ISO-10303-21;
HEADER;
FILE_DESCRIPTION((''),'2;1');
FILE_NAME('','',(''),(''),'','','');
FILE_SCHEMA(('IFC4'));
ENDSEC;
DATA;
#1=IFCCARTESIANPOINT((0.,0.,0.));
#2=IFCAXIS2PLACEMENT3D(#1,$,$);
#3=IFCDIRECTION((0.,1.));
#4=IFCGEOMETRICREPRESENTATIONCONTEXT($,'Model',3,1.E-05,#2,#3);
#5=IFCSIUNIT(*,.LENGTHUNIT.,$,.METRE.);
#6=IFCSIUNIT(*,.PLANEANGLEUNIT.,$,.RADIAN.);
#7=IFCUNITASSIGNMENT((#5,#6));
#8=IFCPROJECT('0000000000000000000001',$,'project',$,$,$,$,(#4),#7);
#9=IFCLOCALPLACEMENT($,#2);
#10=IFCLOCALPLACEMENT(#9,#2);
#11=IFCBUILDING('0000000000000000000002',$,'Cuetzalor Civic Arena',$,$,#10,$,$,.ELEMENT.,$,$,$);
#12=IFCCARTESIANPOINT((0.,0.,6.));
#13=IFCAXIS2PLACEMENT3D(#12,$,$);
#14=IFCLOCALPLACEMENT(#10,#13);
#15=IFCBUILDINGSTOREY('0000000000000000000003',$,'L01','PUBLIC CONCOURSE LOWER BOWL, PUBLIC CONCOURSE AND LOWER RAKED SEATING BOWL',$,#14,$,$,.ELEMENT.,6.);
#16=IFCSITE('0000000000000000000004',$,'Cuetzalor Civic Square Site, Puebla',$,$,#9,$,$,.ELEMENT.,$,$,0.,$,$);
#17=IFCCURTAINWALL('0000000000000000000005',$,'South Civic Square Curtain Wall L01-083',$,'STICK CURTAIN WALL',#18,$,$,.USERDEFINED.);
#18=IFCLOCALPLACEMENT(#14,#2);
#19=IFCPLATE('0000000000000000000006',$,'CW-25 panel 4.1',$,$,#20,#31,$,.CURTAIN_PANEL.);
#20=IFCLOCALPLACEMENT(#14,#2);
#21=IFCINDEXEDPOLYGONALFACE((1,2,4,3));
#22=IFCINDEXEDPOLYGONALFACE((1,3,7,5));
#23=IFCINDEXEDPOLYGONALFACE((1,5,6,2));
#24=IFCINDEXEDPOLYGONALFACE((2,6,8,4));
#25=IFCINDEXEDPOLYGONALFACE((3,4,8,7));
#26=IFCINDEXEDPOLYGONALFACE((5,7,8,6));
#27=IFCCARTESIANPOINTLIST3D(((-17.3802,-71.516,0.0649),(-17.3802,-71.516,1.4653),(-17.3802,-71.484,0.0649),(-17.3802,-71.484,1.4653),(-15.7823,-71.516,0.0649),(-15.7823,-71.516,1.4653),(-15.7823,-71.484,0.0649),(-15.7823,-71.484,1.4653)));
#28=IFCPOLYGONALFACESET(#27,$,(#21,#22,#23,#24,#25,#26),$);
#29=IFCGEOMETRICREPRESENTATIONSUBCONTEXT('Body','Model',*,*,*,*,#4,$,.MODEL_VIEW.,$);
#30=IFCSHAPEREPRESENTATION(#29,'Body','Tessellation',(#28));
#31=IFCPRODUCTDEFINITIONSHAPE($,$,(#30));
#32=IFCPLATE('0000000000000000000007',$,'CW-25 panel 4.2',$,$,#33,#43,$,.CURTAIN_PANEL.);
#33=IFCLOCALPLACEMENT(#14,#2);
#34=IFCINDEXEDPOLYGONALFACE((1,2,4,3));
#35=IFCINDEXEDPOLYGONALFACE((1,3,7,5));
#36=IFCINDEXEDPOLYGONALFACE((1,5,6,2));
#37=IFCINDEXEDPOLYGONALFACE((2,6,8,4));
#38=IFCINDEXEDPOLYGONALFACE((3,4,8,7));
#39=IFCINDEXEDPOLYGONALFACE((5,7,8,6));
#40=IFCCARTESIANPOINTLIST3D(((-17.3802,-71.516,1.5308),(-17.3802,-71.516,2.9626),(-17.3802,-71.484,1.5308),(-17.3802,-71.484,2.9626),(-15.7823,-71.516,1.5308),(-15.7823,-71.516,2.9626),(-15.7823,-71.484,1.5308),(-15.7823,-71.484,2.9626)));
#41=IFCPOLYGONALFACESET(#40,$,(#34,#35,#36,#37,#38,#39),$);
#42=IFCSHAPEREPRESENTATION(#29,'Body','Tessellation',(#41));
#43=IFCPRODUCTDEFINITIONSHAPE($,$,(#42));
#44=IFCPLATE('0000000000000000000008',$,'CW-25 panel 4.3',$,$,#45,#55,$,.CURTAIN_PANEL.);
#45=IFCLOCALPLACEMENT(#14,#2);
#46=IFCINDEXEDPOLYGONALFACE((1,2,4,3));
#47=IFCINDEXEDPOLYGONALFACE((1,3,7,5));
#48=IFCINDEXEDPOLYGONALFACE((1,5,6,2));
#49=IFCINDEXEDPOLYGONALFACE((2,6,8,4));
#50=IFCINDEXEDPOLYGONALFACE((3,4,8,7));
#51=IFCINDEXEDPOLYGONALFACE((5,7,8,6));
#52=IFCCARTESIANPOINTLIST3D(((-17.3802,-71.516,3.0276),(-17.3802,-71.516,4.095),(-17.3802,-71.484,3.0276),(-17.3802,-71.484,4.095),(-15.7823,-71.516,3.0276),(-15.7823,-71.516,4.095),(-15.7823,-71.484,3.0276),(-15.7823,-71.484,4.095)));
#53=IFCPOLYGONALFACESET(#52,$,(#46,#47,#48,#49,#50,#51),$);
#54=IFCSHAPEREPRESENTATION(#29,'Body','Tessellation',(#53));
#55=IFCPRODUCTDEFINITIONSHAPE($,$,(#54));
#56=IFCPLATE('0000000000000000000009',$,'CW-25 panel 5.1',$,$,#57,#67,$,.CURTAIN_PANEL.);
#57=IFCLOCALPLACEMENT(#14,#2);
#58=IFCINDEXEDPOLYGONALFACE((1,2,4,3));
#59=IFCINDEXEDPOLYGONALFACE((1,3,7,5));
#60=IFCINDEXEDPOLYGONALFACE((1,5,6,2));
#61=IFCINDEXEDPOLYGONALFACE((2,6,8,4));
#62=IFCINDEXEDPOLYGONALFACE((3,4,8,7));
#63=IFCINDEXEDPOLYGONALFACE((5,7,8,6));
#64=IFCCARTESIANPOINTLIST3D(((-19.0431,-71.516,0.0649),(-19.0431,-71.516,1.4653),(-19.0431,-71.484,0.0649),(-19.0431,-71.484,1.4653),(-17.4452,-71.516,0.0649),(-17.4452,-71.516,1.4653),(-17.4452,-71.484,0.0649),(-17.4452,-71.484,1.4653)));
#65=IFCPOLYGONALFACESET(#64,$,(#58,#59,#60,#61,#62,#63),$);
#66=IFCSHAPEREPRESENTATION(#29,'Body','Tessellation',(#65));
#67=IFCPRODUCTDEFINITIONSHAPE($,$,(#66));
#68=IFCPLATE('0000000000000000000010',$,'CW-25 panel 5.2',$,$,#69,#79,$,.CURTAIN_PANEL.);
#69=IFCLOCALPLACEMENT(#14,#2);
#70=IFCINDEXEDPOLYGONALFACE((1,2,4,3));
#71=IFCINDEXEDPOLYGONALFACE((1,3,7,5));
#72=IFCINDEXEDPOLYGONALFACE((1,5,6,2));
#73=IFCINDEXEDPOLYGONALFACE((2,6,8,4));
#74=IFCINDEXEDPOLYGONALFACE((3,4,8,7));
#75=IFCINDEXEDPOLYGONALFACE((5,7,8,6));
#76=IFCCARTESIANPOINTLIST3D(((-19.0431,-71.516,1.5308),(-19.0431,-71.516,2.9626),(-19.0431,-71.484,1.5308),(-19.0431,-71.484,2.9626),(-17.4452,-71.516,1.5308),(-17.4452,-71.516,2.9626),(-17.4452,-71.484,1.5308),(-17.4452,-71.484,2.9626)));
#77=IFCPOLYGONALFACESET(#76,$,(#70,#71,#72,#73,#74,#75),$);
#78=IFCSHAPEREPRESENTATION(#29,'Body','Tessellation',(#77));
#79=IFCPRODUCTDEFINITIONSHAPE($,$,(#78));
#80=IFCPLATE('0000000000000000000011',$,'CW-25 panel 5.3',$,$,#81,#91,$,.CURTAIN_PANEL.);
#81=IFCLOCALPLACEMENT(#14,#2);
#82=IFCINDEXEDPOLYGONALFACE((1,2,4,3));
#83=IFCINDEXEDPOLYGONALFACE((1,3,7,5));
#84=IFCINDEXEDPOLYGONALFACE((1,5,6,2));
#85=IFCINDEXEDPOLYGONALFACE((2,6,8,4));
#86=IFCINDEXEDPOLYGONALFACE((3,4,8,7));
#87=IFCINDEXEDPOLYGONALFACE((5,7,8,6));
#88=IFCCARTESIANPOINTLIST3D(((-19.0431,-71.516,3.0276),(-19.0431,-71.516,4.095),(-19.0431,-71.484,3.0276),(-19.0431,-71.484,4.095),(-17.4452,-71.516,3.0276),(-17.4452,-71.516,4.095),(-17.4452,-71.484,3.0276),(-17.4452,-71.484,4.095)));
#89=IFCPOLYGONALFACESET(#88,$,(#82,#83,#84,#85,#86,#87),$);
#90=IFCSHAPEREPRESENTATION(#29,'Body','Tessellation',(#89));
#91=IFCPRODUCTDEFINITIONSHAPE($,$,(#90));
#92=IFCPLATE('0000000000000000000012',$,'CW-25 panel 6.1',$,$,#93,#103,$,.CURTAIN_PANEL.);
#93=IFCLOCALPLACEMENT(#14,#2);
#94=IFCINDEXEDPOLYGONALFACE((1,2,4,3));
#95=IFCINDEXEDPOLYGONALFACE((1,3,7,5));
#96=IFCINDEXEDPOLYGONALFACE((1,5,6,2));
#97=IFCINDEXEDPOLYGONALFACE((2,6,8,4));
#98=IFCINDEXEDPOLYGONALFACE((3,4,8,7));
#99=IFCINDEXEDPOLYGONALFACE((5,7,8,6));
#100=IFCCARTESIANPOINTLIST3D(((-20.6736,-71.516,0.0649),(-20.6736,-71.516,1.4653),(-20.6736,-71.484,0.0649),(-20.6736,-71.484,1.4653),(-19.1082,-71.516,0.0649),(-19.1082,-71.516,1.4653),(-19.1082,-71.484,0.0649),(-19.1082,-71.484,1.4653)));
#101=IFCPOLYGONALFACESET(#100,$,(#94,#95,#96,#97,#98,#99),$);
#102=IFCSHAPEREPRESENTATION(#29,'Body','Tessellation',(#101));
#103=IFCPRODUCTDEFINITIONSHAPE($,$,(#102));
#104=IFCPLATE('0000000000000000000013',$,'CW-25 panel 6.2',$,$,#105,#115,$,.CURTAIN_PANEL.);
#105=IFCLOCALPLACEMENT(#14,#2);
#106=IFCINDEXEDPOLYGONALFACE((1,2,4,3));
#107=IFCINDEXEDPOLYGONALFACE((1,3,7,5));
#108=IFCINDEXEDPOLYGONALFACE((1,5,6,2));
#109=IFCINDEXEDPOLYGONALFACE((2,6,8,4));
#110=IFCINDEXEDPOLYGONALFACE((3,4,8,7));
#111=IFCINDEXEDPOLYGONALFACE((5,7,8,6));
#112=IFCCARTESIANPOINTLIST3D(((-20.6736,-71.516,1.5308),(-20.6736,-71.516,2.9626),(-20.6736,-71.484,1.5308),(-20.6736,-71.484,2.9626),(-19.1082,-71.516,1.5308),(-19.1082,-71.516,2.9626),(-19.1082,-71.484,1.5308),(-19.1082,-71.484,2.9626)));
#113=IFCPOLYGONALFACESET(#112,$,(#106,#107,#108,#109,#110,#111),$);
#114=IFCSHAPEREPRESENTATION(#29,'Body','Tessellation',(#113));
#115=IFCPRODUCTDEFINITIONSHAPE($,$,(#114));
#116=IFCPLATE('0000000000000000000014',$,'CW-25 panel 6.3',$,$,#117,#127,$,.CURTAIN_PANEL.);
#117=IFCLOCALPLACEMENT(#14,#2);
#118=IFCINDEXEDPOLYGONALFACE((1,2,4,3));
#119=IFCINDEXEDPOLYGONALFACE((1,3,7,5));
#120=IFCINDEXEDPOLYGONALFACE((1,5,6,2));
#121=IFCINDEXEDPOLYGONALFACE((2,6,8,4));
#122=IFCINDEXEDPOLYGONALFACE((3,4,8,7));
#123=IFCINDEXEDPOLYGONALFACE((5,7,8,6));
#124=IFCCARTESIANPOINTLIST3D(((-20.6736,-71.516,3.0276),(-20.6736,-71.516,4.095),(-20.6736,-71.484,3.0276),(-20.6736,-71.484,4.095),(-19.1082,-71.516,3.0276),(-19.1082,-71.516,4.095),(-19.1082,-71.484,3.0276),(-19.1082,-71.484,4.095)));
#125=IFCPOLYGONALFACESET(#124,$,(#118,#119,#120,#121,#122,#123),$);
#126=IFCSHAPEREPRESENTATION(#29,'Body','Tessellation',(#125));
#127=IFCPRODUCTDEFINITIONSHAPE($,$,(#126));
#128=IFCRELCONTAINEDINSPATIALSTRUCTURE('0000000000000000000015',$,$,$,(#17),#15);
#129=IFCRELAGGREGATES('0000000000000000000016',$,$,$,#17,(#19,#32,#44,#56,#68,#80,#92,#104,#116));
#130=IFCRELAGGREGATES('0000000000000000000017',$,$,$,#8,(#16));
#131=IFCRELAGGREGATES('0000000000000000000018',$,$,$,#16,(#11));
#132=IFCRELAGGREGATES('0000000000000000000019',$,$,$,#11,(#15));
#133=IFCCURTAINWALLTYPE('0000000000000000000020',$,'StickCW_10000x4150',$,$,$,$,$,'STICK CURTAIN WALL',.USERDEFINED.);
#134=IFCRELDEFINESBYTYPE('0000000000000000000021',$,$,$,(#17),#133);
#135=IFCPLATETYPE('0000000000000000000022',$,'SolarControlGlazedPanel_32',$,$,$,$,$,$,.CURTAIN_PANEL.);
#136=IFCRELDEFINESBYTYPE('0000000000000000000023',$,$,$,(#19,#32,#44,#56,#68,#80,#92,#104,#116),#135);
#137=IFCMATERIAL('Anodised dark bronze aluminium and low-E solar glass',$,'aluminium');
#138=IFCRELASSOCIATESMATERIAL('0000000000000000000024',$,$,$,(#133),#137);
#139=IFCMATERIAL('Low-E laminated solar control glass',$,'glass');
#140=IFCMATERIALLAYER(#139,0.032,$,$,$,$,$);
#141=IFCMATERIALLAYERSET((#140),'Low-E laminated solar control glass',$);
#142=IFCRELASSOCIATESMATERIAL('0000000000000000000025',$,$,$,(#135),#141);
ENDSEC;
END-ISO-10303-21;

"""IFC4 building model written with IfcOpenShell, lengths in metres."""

from ifc_helpers import new_model, si_unit, direction, frame, origin, origin_2d, place, context, subcontext, project, spatial, rectangle, extrude, material, layer, layer_set, type_object, element, aggregate, save


model = new_model("IFC4")

# Units and contexts
model_context = context("Model", 3, precision=1e-05, world=origin(), true_north=direction((0.0, 1.0)))
body_context = subcontext(model_context, "Body", "Model", "MODEL_VIEW")
ifc_project = project(units=[si_unit("LENGTHUNIT", "METRE"), si_unit("PLANEANGLEUNIT", "RADIAN")], contexts=[model_context])

# Site, building, storey
site_placement = place(None, origin())
site = spatial("IfcSite", under=ifc_project, at=site_placement, Name="Cuetzalor Civic Square Site, Puebla", CompositionType="ELEMENT", RefElevation=0.0)
building_placement = place(site_placement, origin())
building = spatial("IfcBuilding", under=site, at=building_placement, Name="Cuetzalor Civic Arena", CompositionType="ELEMENT")
storey_placement = place(building_placement, frame((0.0, 0.0, 6.0)))
storey = spatial("IfcBuildingStorey", under=building, at=storey_placement, Name="L01", Description="PUBLIC CONCOURSE LOWER BOWL, PUBLIC CONCOURSE AND LOWER RAKED SEATING BOWL", CompositionType="ELEMENT", Elevation=6.0)

# Curtain wall, plates
ifc_material_1 = material(Name="Anodised dark bronze aluminium and low-E solar glass", Category="aluminium")
curtain_wall_type = type_object("IfcCurtainWallType", Name="StickCW_10000x4150", ElementType="STICK CURTAIN WALL", PredefinedType="USERDEFINED", material=ifc_material_1)
curtain_wall_placement = place(storey_placement, origin())
curtain_wall = element("IfcCurtainWall", 1, at=curtain_wall_placement, inside=storey, type_object=curtain_wall_type, Name="South Civic Square Curtain Wall L01-083", ObjectType="STICK CURTAIN WALL", PredefinedType="USERDEFINED")
ifc_material_2 = material(Name="Low-E laminated solar control glass", Category="glass")
ifc_layer = layer(ifc_material_2, 0.032)
ifc_layer_set = layer_set([ifc_layer], Name="Low-E laminated solar control glass")
plate_type = type_object("IfcPlateType", Name="SolarControlGlazedPanel_32", PredefinedType="CURTAIN_PANEL", material=ifc_layer_set)
plate_1_placement = place(storey_placement, frame((-16.5813, -71.5, 0.0649), z_axis=(0.0, 0.0, 1.0), x_axis=(-1.0, 0.0, 0.0)))
plate_1 = element("IfcPlate", 2, at=plate_1_placement, type_object=plate_type, Name="CW-25 panel 4.1", PredefinedType="CURTAIN_PANEL", context=body_context, shape_type="SweptSolid", body=[
    extrude(rectangle(XDim=1.5979, YDim=0.032, at=origin_2d()), origin(), (0.0, 0.0, 1.0), 1.4004),
])
plate_2_placement = place(storey_placement, frame((-16.5813, -71.5, 1.5308), z_axis=(0.0, 0.0, 1.0), x_axis=(-1.0, 0.0, 0.0)))
plate_2 = element("IfcPlate", 3, at=plate_2_placement, type_object=plate_type, Name="CW-25 panel 4.2", PredefinedType="CURTAIN_PANEL", context=body_context, shape_type="SweptSolid", body=[
    extrude(rectangle(XDim=1.5979, YDim=0.032, at=origin_2d()), origin(), (0.0, 0.0, 1.0), 1.4319),
])
plate_3_placement = place(storey_placement, frame((-16.5813, -71.5, 3.0276), z_axis=(0.0, 0.0, 1.0), x_axis=(-1.0, 0.0, 0.0)))
plate_3 = element("IfcPlate", 4, at=plate_3_placement, type_object=plate_type, Name="CW-25 panel 4.3", PredefinedType="CURTAIN_PANEL", context=body_context, shape_type="SweptSolid", body=[
    extrude(rectangle(XDim=1.5979, YDim=0.032, at=origin_2d()), origin(), (0.0, 0.0, 1.0), 1.0674),
])
plate_4_placement = place(storey_placement, frame((-18.2441, -71.5, 0.0649), z_axis=(0.0, 0.0, 1.0), x_axis=(-1.0, 0.0, 0.0)))
plate_4 = element("IfcPlate", 5, at=plate_4_placement, type_object=plate_type, Name="CW-25 panel 5.1", PredefinedType="CURTAIN_PANEL", context=body_context, shape_type="SweptSolid", body=[
    extrude(rectangle(XDim=1.5979, YDim=0.032, at=origin_2d()), origin(), (0.0, 0.0, 1.0), 1.4004),
])
plate_5_placement = place(storey_placement, frame((-18.2441, -71.5, 1.5308), z_axis=(0.0, 0.0, 1.0), x_axis=(-1.0, 0.0, 0.0)))
plate_5 = element("IfcPlate", 6, at=plate_5_placement, type_object=plate_type, Name="CW-25 panel 5.2", PredefinedType="CURTAIN_PANEL", context=body_context, shape_type="SweptSolid", body=[
    extrude(rectangle(XDim=1.5979, YDim=0.032, at=origin_2d()), origin(), (0.0, 0.0, 1.0), 1.4319),
])
plate_6_placement = place(storey_placement, frame((-18.2441, -71.5, 3.0276), z_axis=(0.0, 0.0, 1.0), x_axis=(-1.0, 0.0, 0.0)))
plate_6 = element("IfcPlate", 7, at=plate_6_placement, type_object=plate_type, Name="CW-25 panel 5.3", PredefinedType="CURTAIN_PANEL", context=body_context, shape_type="SweptSolid", body=[
    extrude(rectangle(XDim=1.5979, YDim=0.032, at=origin_2d()), origin(), (0.0, 0.0, 1.0), 1.0674),
])
plate_7_placement = place(storey_placement, frame((-19.8909, -71.5, 0.0649), z_axis=(0.0, 0.0, 1.0), x_axis=(-1.0, 0.0, 0.0)))
plate_7 = element("IfcPlate", 8, at=plate_7_placement, type_object=plate_type, Name="CW-25 panel 6.1", PredefinedType="CURTAIN_PANEL", context=body_context, shape_type="SweptSolid", body=[
    extrude(rectangle(XDim=1.5654, YDim=0.032, at=origin_2d()), origin(), (0.0, 0.0, 1.0), 1.4004),
])
plate_8_placement = place(storey_placement, frame((-19.8909, -71.5, 1.5308), z_axis=(0.0, 0.0, 1.0), x_axis=(-1.0, 0.0, 0.0)))
plate_8 = element("IfcPlate", 9, at=plate_8_placement, type_object=plate_type, Name="CW-25 panel 6.2", PredefinedType="CURTAIN_PANEL", context=body_context, shape_type="SweptSolid", body=[
    extrude(rectangle(XDim=1.5654, YDim=0.032, at=origin_2d()), origin(), (0.0, 0.0, 1.0), 1.4319),
])
plate_9_placement = place(storey_placement, frame((-19.8909, -71.5, 3.0276), z_axis=(0.0, 0.0, 1.0), x_axis=(-1.0, 0.0, 0.0)))
plate_9 = element("IfcPlate", 10, at=plate_9_placement, type_object=plate_type, Name="CW-25 panel 6.3", PredefinedType="CURTAIN_PANEL", context=body_context, shape_type="SweptSolid", body=[
    extrude(rectangle(XDim=1.5654, YDim=0.032, at=origin_2d()), origin(), (0.0, 0.0, 1.0), 1.0674),
])
aggregate(curtain_wall, [plate_1, plate_2, plate_3, plate_4, plate_5, plate_6, plate_7, plate_8, plate_9])

save(model, "model.ifc")
